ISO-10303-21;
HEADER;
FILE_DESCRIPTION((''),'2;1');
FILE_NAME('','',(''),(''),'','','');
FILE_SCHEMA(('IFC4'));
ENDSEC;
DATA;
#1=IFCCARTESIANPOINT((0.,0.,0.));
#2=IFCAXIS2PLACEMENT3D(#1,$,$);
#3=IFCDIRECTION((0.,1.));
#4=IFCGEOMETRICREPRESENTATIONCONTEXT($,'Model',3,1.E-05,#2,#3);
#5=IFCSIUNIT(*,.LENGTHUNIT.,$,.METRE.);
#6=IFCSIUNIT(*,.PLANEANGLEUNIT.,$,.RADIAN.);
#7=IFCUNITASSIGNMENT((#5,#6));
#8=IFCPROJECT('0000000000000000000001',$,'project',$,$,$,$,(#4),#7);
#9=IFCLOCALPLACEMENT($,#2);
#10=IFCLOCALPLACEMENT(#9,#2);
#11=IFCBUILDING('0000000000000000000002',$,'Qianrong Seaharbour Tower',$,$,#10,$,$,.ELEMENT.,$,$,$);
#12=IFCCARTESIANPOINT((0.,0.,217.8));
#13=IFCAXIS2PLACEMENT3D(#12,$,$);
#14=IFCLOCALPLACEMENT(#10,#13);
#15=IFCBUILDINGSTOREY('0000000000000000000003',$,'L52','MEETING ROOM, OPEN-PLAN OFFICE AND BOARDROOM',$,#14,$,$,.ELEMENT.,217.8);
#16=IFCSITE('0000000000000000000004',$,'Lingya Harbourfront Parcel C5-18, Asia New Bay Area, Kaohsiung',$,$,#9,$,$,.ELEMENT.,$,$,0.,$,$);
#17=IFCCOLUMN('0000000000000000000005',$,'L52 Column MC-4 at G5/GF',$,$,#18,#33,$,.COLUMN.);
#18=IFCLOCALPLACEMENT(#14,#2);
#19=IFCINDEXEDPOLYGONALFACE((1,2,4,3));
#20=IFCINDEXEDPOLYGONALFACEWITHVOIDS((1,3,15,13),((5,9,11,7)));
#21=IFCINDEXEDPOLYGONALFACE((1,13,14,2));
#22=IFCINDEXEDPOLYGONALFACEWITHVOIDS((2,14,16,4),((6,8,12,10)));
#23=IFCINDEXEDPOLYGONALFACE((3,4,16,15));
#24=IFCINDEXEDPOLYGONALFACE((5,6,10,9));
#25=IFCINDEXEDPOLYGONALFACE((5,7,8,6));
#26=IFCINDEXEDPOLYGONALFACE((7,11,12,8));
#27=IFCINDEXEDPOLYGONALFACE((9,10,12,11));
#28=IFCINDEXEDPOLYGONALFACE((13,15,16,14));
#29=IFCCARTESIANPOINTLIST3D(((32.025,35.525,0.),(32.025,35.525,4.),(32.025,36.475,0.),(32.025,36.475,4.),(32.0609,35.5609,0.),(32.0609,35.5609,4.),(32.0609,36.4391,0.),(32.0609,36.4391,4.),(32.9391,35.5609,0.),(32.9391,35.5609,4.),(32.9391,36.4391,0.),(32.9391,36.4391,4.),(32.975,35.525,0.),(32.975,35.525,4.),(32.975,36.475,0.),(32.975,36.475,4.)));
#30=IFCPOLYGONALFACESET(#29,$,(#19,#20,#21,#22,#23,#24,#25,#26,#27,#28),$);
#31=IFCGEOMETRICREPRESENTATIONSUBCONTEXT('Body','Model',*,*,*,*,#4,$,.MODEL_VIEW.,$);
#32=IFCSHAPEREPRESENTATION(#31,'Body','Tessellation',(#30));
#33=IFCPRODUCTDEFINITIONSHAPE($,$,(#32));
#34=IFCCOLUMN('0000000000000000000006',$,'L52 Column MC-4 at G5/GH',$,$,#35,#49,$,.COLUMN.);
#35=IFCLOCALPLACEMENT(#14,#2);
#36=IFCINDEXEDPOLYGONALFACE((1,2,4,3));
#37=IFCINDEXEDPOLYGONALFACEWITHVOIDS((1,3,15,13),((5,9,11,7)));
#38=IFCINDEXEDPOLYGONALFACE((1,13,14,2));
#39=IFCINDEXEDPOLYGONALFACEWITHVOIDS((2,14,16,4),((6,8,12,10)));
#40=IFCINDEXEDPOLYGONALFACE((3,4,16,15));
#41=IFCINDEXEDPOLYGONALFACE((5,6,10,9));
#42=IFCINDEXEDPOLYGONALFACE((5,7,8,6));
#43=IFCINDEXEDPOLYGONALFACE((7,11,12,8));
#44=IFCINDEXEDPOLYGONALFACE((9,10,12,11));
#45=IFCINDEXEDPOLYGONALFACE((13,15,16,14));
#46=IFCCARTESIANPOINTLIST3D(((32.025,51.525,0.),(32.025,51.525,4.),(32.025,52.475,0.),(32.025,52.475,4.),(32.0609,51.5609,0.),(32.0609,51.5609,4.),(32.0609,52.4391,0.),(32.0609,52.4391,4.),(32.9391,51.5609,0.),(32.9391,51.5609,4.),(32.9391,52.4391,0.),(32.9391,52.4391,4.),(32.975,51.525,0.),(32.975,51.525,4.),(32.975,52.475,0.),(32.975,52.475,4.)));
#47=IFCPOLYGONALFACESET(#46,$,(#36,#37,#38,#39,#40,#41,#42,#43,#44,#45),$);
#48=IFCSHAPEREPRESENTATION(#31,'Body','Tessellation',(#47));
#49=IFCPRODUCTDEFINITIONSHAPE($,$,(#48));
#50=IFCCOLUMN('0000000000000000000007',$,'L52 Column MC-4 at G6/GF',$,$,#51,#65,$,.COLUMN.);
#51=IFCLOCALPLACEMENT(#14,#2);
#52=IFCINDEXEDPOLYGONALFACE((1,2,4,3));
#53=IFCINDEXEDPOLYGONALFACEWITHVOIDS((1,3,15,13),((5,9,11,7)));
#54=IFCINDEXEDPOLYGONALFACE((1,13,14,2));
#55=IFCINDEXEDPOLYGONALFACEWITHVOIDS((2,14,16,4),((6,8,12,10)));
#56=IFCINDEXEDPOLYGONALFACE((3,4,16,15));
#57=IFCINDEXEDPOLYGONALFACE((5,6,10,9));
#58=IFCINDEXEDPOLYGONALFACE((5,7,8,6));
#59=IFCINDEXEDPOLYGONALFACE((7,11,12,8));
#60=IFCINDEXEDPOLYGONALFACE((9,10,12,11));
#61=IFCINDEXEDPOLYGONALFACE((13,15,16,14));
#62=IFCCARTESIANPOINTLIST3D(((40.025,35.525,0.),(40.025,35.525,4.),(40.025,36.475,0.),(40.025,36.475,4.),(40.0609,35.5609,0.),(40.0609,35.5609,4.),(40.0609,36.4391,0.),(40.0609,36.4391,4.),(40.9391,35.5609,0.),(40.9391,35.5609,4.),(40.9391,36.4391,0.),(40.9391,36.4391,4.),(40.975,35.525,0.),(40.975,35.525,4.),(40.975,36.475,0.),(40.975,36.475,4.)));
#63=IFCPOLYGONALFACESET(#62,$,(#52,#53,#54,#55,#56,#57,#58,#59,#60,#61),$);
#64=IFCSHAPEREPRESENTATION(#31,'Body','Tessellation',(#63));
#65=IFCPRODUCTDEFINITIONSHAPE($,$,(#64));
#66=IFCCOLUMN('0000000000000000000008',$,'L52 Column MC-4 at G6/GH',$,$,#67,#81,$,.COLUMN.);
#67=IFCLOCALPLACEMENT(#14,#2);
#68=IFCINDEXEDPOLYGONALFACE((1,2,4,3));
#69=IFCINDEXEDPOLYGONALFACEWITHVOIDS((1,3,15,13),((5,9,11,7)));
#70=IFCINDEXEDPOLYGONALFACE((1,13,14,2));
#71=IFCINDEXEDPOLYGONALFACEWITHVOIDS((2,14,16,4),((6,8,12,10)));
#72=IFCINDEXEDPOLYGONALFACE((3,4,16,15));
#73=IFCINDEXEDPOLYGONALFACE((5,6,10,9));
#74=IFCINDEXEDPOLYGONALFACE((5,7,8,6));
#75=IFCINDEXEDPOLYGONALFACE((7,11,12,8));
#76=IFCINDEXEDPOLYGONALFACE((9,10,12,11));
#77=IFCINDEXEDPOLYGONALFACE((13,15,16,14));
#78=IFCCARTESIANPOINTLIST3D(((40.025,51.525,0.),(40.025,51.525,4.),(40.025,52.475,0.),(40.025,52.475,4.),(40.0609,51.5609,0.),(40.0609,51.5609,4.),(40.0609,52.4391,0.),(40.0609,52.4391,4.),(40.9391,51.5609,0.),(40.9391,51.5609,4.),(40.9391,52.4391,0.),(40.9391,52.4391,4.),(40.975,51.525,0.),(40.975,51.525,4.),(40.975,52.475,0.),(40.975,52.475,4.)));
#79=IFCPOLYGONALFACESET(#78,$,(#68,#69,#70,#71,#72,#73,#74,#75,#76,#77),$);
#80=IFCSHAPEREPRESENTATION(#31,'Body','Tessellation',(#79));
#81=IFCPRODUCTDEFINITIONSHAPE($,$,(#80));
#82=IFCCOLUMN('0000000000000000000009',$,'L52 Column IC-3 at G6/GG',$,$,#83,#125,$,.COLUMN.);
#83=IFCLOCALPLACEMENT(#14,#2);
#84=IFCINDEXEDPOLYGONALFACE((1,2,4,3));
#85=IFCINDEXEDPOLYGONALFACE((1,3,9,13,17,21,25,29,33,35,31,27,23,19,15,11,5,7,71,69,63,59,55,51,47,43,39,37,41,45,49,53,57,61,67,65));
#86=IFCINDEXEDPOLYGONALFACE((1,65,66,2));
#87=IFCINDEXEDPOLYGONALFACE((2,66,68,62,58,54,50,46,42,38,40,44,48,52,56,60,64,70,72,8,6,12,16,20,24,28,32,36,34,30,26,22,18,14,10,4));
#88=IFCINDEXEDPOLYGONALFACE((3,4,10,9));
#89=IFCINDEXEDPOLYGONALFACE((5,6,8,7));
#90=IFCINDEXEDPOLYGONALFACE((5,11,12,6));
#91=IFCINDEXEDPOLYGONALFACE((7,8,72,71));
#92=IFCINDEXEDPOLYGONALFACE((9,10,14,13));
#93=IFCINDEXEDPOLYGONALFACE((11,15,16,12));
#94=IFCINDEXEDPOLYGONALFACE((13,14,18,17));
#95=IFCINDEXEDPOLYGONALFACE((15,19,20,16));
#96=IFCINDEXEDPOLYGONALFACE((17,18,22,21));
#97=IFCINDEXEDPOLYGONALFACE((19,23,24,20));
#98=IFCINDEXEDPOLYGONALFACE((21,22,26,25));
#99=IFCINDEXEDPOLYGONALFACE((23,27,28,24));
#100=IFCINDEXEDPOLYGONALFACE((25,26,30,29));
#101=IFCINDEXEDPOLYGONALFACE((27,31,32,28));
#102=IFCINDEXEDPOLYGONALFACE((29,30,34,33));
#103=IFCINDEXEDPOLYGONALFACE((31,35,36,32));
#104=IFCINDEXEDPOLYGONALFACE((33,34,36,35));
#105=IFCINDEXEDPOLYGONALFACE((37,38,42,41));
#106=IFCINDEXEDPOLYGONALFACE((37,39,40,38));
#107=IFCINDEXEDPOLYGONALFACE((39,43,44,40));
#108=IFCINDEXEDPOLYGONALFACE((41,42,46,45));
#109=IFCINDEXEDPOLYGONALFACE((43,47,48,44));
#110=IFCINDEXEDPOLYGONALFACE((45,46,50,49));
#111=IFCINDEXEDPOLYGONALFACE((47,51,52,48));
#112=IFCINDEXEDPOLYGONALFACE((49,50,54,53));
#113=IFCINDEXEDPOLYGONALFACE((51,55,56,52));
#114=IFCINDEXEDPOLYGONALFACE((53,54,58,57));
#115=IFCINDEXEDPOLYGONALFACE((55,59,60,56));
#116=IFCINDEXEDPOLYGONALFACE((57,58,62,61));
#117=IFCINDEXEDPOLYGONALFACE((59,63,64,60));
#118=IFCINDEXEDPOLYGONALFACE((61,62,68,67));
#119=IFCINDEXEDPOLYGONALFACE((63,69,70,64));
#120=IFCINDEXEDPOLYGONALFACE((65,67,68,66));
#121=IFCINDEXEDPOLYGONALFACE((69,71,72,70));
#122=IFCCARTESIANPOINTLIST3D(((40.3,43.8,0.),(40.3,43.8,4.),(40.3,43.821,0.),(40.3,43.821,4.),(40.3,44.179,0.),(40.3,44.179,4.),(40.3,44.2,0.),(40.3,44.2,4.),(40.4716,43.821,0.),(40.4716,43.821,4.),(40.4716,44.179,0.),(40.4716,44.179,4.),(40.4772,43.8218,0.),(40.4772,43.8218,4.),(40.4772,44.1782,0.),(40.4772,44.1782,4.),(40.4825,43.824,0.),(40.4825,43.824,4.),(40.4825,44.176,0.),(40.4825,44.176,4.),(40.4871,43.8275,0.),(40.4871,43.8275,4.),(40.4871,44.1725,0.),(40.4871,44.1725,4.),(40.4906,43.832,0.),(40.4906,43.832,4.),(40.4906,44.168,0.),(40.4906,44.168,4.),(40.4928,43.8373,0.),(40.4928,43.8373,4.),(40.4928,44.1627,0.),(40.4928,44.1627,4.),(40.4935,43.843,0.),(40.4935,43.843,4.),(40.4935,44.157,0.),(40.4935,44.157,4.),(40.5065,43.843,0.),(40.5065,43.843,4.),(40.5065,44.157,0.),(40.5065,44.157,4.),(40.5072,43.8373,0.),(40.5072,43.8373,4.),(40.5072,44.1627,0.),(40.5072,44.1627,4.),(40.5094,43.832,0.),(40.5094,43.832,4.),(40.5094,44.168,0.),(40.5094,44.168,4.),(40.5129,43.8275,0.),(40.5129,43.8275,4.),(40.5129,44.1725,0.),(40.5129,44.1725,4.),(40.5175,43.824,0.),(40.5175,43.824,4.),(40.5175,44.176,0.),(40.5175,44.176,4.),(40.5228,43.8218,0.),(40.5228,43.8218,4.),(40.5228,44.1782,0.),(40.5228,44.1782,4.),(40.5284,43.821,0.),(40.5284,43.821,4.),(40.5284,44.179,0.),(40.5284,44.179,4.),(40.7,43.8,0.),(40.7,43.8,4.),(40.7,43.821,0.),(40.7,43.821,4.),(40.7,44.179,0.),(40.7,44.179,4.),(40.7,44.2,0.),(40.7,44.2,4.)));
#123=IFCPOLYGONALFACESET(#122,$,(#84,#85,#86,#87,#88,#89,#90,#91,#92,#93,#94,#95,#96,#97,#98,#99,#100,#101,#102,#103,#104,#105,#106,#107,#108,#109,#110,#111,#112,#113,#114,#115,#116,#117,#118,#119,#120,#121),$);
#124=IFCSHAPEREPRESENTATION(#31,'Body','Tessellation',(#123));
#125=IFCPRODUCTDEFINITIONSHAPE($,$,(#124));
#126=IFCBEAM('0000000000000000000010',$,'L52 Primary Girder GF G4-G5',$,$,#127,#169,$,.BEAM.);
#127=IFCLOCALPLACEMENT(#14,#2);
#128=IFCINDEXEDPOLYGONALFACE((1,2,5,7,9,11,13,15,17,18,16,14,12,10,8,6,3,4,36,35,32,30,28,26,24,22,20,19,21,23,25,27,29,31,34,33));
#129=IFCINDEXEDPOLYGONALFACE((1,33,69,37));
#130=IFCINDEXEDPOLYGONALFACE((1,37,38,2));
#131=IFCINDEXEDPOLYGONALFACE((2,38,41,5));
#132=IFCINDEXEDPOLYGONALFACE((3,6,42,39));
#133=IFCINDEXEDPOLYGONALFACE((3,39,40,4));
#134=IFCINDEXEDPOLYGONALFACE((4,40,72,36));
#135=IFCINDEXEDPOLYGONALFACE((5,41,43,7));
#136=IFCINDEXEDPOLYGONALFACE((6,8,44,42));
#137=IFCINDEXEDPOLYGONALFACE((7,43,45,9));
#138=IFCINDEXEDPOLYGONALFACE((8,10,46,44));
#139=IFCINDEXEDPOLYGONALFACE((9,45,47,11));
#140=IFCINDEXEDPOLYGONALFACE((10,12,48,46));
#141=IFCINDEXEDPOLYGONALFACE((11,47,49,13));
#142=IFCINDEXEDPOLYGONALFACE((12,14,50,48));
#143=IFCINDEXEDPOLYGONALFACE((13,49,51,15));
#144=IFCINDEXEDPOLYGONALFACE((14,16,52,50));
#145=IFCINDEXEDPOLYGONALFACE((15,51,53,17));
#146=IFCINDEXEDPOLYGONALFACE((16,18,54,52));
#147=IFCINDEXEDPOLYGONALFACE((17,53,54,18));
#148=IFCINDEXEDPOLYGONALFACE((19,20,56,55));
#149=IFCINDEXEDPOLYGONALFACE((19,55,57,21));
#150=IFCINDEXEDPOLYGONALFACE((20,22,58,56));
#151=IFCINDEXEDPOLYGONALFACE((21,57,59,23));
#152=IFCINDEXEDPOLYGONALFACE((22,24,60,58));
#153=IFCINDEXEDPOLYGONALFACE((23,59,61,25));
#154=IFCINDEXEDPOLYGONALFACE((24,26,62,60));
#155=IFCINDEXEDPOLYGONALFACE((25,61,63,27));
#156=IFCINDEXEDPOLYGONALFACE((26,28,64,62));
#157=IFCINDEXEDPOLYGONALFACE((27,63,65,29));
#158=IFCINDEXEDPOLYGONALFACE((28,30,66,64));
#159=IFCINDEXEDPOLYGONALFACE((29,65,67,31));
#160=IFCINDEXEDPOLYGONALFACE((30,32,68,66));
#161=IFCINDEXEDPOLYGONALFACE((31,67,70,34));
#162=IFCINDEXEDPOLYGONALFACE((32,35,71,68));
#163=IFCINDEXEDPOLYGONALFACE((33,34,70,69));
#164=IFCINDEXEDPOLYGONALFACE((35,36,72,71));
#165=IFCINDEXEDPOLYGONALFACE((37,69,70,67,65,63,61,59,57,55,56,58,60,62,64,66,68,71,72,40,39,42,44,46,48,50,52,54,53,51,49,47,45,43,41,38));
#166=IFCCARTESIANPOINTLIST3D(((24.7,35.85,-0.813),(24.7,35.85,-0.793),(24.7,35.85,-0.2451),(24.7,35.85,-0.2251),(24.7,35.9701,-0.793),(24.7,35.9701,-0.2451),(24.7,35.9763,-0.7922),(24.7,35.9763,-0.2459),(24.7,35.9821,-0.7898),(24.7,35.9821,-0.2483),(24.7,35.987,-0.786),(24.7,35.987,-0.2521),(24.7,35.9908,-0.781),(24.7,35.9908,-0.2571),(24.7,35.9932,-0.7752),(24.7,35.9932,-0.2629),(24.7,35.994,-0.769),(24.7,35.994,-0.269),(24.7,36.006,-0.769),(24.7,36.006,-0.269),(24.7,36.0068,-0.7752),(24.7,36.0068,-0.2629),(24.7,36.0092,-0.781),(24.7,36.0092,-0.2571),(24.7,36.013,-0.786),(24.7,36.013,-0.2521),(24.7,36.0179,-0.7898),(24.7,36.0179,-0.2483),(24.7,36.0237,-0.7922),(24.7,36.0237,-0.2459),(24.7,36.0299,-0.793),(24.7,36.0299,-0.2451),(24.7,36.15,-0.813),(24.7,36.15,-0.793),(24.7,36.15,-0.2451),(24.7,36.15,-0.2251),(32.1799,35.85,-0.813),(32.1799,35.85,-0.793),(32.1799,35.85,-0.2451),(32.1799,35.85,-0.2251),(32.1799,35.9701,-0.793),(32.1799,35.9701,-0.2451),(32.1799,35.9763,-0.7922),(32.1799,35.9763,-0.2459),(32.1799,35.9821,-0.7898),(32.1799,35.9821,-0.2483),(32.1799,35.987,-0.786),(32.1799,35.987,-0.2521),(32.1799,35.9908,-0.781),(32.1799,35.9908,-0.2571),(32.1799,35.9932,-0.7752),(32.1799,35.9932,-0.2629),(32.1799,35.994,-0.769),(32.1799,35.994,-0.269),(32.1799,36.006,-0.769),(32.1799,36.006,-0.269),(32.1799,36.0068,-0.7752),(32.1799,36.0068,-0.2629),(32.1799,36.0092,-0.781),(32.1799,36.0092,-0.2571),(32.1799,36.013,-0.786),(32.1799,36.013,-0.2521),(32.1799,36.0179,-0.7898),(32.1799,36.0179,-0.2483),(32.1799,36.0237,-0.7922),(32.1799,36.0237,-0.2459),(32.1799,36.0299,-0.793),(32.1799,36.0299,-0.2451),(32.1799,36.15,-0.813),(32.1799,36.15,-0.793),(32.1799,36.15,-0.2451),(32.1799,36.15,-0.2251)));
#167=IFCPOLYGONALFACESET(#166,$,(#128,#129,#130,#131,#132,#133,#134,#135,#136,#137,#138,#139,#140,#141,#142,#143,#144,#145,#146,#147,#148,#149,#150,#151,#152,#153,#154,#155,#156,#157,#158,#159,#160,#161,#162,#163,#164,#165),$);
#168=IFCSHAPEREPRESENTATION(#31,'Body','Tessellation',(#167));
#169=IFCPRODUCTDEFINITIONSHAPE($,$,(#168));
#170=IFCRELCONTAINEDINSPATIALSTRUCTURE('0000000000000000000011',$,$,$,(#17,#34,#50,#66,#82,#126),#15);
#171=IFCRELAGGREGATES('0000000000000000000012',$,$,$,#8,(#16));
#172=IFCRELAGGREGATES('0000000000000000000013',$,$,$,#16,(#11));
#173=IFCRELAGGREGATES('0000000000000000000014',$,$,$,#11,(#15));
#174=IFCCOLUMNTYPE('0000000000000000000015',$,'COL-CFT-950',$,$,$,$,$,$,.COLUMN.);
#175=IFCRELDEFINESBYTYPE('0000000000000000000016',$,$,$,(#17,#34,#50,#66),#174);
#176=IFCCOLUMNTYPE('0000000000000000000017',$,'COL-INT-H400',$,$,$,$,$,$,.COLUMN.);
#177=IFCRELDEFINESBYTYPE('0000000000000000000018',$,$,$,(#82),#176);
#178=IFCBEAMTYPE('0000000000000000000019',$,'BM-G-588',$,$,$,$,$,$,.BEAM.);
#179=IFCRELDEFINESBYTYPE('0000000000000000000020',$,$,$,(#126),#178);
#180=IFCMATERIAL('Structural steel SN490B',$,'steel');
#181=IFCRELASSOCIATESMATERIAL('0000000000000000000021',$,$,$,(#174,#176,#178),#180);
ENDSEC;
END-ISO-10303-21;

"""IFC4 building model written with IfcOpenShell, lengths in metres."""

from ifc_helpers import new_model, si_unit, direction, frame, origin, origin_2d, place, context, subcontext, project, spatial, hollow_rectangle, i_section, extrude, material, material_profile, profile_set, type_object, element, save


model = new_model("IFC4")

# Units and contexts
model_context = context("Model", 3, precision=1e-05, world=origin(), true_north=direction((0.0, 1.0)))
body_context = subcontext(model_context, "Body", "Model", "MODEL_VIEW")
ifc_project = project(units=[si_unit("LENGTHUNIT", "METRE"), si_unit("PLANEANGLEUNIT", "RADIAN")], contexts=[model_context])

# Site, building, storey
site_placement = place(None, origin())
site = spatial("IfcSite", under=ifc_project, at=site_placement, Name="Lingya Harbourfront Parcel C5-18, Asia New Bay Area, Kaohsiung", CompositionType="ELEMENT", RefElevation=0.0)
building_placement = place(site_placement, origin())
building = spatial("IfcBuilding", under=site, at=building_placement, Name="Qianrong Seaharbour Tower", CompositionType="ELEMENT")
storey_placement = place(building_placement, frame((0.0, 0.0, 217.8)))
storey = spatial("IfcBuildingStorey", under=building, at=storey_placement, Name="L52", Description="MEETING ROOM, OPEN-PLAN OFFICE AND BOARDROOM", CompositionType="ELEMENT", Elevation=217.8)

# Columns
ifc_material_1 = material(Name="Structural steel SN490B", Category="steel")
ifc_material_profile_1 = material_profile(ifc_material_1, hollow_rectangle(XDim=0.95, YDim=0.95, WallThickness=0.0359, at=origin_2d()), Name="BOX950x950x36")
ifc_profile_set_1 = profile_set([ifc_material_profile_1], Name="Structural steel SN490B")
column_type_1 = type_object("IfcColumnType", Name="COL-CFT-950", PredefinedType="COLUMN", material=ifc_profile_set_1)
for number, where, z_axis, x_axis, name in (
    (1, (32.5, 36.0, 0.0), (0.0, 0.0, 1.0), (1.0, 0.0, 0.0), "L52 Column MC-4 at G5/GF"),
    (2, (32.5, 52.0, 0.0), (0.0, 0.0, 1.0), (1.0, 0.0, 0.0), "L52 Column MC-4 at G5/GH"),
    (3, (40.5, 36.0, 0.0), (0.0, 0.0, 1.0), (1.0, 0.0, 0.0), "L52 Column MC-4 at G6/GF"),
    (4, (40.5, 52.0, 0.0), (0.0, 0.0, 1.0), (1.0, 0.0, 0.0), "L52 Column MC-4 at G6/GH"),
):
    element("IfcColumn", number, at=place(storey_placement, frame(where, z_axis=z_axis, x_axis=x_axis)), inside=storey, type_object=column_type_1, Name=name, PredefinedType="COLUMN", context=body_context, shape_type="SweptSolid", body=[
        extrude(hollow_rectangle(XDim=0.95, YDim=0.95, WallThickness=0.0359, at=origin_2d()), origin(), (0.0, 0.0, 1.0), 4.0),
    ])
ifc_material_profile_2 = material_profile(ifc_material_1, i_section(OverallWidth=0.3999, OverallDepth=0.3999, WebThickness=0.0129, FlangeThickness=0.021, FilletRadius=0.022, at=origin_2d()), Name="H400x400x13x21")
ifc_profile_set_2 = profile_set([ifc_material_profile_2], Name="Structural steel SN490B")
column_type_2 = type_object("IfcColumnType", Name="COL-INT-H400", PredefinedType="COLUMN", material=ifc_profile_set_2)
column_placement = place(storey_placement, frame((40.5, 44.0, 0.0), z_axis=(0.0, 0.0, 1.0), x_axis=(1.0, 0.0, 0.0)))
element("IfcColumn", 5, at=column_placement, inside=storey, type_object=column_type_2, Name="L52 Column IC-3 at G6/GG", PredefinedType="COLUMN", context=body_context, shape_type="SweptSolid", body=[
    extrude(i_section(OverallWidth=0.3999, OverallDepth=0.3999, WebThickness=0.0129, FlangeThickness=0.021, FilletRadius=0.022, at=origin_2d()), origin(), (0.0, 0.0, 1.0), 4.0),
])

# Beam
ifc_material_profile_3 = material_profile(ifc_material_1, i_section(OverallWidth=0.3, OverallDepth=0.5879, WebThickness=0.012, FlangeThickness=0.02, FilletRadius=0.0239, at=origin_2d()), Name="H588x300x12x20")
ifc_profile_set_3 = profile_set([ifc_material_profile_3], Name="Structural steel SN490B")
beam_type_1 = type_object("IfcBeamType", Name="BM-G-588", PredefinedType="BEAM", material=ifc_profile_set_3)
beam_1_placement = place(storey_placement, frame((24.7, 36.0, -0.519), z_axis=(1.0, 0.0, 0.0), x_axis=(0.0, 1.0, 0.0)))
element("IfcBeam", 6, at=beam_1_placement, inside=storey, type_object=beam_type_1, Name="L52 Primary Girder GF G4-G5", PredefinedType="BEAM", context=body_context, shape_type="SweptSolid", body=[
    extrude(i_section(OverallWidth=0.3, OverallDepth=0.5879, WebThickness=0.012, FlangeThickness=0.02, FilletRadius=0.0239, at=origin_2d()), origin(), (0.0, 0.0, 1.0), 7.48),
])

save(model, "model.ifc")
